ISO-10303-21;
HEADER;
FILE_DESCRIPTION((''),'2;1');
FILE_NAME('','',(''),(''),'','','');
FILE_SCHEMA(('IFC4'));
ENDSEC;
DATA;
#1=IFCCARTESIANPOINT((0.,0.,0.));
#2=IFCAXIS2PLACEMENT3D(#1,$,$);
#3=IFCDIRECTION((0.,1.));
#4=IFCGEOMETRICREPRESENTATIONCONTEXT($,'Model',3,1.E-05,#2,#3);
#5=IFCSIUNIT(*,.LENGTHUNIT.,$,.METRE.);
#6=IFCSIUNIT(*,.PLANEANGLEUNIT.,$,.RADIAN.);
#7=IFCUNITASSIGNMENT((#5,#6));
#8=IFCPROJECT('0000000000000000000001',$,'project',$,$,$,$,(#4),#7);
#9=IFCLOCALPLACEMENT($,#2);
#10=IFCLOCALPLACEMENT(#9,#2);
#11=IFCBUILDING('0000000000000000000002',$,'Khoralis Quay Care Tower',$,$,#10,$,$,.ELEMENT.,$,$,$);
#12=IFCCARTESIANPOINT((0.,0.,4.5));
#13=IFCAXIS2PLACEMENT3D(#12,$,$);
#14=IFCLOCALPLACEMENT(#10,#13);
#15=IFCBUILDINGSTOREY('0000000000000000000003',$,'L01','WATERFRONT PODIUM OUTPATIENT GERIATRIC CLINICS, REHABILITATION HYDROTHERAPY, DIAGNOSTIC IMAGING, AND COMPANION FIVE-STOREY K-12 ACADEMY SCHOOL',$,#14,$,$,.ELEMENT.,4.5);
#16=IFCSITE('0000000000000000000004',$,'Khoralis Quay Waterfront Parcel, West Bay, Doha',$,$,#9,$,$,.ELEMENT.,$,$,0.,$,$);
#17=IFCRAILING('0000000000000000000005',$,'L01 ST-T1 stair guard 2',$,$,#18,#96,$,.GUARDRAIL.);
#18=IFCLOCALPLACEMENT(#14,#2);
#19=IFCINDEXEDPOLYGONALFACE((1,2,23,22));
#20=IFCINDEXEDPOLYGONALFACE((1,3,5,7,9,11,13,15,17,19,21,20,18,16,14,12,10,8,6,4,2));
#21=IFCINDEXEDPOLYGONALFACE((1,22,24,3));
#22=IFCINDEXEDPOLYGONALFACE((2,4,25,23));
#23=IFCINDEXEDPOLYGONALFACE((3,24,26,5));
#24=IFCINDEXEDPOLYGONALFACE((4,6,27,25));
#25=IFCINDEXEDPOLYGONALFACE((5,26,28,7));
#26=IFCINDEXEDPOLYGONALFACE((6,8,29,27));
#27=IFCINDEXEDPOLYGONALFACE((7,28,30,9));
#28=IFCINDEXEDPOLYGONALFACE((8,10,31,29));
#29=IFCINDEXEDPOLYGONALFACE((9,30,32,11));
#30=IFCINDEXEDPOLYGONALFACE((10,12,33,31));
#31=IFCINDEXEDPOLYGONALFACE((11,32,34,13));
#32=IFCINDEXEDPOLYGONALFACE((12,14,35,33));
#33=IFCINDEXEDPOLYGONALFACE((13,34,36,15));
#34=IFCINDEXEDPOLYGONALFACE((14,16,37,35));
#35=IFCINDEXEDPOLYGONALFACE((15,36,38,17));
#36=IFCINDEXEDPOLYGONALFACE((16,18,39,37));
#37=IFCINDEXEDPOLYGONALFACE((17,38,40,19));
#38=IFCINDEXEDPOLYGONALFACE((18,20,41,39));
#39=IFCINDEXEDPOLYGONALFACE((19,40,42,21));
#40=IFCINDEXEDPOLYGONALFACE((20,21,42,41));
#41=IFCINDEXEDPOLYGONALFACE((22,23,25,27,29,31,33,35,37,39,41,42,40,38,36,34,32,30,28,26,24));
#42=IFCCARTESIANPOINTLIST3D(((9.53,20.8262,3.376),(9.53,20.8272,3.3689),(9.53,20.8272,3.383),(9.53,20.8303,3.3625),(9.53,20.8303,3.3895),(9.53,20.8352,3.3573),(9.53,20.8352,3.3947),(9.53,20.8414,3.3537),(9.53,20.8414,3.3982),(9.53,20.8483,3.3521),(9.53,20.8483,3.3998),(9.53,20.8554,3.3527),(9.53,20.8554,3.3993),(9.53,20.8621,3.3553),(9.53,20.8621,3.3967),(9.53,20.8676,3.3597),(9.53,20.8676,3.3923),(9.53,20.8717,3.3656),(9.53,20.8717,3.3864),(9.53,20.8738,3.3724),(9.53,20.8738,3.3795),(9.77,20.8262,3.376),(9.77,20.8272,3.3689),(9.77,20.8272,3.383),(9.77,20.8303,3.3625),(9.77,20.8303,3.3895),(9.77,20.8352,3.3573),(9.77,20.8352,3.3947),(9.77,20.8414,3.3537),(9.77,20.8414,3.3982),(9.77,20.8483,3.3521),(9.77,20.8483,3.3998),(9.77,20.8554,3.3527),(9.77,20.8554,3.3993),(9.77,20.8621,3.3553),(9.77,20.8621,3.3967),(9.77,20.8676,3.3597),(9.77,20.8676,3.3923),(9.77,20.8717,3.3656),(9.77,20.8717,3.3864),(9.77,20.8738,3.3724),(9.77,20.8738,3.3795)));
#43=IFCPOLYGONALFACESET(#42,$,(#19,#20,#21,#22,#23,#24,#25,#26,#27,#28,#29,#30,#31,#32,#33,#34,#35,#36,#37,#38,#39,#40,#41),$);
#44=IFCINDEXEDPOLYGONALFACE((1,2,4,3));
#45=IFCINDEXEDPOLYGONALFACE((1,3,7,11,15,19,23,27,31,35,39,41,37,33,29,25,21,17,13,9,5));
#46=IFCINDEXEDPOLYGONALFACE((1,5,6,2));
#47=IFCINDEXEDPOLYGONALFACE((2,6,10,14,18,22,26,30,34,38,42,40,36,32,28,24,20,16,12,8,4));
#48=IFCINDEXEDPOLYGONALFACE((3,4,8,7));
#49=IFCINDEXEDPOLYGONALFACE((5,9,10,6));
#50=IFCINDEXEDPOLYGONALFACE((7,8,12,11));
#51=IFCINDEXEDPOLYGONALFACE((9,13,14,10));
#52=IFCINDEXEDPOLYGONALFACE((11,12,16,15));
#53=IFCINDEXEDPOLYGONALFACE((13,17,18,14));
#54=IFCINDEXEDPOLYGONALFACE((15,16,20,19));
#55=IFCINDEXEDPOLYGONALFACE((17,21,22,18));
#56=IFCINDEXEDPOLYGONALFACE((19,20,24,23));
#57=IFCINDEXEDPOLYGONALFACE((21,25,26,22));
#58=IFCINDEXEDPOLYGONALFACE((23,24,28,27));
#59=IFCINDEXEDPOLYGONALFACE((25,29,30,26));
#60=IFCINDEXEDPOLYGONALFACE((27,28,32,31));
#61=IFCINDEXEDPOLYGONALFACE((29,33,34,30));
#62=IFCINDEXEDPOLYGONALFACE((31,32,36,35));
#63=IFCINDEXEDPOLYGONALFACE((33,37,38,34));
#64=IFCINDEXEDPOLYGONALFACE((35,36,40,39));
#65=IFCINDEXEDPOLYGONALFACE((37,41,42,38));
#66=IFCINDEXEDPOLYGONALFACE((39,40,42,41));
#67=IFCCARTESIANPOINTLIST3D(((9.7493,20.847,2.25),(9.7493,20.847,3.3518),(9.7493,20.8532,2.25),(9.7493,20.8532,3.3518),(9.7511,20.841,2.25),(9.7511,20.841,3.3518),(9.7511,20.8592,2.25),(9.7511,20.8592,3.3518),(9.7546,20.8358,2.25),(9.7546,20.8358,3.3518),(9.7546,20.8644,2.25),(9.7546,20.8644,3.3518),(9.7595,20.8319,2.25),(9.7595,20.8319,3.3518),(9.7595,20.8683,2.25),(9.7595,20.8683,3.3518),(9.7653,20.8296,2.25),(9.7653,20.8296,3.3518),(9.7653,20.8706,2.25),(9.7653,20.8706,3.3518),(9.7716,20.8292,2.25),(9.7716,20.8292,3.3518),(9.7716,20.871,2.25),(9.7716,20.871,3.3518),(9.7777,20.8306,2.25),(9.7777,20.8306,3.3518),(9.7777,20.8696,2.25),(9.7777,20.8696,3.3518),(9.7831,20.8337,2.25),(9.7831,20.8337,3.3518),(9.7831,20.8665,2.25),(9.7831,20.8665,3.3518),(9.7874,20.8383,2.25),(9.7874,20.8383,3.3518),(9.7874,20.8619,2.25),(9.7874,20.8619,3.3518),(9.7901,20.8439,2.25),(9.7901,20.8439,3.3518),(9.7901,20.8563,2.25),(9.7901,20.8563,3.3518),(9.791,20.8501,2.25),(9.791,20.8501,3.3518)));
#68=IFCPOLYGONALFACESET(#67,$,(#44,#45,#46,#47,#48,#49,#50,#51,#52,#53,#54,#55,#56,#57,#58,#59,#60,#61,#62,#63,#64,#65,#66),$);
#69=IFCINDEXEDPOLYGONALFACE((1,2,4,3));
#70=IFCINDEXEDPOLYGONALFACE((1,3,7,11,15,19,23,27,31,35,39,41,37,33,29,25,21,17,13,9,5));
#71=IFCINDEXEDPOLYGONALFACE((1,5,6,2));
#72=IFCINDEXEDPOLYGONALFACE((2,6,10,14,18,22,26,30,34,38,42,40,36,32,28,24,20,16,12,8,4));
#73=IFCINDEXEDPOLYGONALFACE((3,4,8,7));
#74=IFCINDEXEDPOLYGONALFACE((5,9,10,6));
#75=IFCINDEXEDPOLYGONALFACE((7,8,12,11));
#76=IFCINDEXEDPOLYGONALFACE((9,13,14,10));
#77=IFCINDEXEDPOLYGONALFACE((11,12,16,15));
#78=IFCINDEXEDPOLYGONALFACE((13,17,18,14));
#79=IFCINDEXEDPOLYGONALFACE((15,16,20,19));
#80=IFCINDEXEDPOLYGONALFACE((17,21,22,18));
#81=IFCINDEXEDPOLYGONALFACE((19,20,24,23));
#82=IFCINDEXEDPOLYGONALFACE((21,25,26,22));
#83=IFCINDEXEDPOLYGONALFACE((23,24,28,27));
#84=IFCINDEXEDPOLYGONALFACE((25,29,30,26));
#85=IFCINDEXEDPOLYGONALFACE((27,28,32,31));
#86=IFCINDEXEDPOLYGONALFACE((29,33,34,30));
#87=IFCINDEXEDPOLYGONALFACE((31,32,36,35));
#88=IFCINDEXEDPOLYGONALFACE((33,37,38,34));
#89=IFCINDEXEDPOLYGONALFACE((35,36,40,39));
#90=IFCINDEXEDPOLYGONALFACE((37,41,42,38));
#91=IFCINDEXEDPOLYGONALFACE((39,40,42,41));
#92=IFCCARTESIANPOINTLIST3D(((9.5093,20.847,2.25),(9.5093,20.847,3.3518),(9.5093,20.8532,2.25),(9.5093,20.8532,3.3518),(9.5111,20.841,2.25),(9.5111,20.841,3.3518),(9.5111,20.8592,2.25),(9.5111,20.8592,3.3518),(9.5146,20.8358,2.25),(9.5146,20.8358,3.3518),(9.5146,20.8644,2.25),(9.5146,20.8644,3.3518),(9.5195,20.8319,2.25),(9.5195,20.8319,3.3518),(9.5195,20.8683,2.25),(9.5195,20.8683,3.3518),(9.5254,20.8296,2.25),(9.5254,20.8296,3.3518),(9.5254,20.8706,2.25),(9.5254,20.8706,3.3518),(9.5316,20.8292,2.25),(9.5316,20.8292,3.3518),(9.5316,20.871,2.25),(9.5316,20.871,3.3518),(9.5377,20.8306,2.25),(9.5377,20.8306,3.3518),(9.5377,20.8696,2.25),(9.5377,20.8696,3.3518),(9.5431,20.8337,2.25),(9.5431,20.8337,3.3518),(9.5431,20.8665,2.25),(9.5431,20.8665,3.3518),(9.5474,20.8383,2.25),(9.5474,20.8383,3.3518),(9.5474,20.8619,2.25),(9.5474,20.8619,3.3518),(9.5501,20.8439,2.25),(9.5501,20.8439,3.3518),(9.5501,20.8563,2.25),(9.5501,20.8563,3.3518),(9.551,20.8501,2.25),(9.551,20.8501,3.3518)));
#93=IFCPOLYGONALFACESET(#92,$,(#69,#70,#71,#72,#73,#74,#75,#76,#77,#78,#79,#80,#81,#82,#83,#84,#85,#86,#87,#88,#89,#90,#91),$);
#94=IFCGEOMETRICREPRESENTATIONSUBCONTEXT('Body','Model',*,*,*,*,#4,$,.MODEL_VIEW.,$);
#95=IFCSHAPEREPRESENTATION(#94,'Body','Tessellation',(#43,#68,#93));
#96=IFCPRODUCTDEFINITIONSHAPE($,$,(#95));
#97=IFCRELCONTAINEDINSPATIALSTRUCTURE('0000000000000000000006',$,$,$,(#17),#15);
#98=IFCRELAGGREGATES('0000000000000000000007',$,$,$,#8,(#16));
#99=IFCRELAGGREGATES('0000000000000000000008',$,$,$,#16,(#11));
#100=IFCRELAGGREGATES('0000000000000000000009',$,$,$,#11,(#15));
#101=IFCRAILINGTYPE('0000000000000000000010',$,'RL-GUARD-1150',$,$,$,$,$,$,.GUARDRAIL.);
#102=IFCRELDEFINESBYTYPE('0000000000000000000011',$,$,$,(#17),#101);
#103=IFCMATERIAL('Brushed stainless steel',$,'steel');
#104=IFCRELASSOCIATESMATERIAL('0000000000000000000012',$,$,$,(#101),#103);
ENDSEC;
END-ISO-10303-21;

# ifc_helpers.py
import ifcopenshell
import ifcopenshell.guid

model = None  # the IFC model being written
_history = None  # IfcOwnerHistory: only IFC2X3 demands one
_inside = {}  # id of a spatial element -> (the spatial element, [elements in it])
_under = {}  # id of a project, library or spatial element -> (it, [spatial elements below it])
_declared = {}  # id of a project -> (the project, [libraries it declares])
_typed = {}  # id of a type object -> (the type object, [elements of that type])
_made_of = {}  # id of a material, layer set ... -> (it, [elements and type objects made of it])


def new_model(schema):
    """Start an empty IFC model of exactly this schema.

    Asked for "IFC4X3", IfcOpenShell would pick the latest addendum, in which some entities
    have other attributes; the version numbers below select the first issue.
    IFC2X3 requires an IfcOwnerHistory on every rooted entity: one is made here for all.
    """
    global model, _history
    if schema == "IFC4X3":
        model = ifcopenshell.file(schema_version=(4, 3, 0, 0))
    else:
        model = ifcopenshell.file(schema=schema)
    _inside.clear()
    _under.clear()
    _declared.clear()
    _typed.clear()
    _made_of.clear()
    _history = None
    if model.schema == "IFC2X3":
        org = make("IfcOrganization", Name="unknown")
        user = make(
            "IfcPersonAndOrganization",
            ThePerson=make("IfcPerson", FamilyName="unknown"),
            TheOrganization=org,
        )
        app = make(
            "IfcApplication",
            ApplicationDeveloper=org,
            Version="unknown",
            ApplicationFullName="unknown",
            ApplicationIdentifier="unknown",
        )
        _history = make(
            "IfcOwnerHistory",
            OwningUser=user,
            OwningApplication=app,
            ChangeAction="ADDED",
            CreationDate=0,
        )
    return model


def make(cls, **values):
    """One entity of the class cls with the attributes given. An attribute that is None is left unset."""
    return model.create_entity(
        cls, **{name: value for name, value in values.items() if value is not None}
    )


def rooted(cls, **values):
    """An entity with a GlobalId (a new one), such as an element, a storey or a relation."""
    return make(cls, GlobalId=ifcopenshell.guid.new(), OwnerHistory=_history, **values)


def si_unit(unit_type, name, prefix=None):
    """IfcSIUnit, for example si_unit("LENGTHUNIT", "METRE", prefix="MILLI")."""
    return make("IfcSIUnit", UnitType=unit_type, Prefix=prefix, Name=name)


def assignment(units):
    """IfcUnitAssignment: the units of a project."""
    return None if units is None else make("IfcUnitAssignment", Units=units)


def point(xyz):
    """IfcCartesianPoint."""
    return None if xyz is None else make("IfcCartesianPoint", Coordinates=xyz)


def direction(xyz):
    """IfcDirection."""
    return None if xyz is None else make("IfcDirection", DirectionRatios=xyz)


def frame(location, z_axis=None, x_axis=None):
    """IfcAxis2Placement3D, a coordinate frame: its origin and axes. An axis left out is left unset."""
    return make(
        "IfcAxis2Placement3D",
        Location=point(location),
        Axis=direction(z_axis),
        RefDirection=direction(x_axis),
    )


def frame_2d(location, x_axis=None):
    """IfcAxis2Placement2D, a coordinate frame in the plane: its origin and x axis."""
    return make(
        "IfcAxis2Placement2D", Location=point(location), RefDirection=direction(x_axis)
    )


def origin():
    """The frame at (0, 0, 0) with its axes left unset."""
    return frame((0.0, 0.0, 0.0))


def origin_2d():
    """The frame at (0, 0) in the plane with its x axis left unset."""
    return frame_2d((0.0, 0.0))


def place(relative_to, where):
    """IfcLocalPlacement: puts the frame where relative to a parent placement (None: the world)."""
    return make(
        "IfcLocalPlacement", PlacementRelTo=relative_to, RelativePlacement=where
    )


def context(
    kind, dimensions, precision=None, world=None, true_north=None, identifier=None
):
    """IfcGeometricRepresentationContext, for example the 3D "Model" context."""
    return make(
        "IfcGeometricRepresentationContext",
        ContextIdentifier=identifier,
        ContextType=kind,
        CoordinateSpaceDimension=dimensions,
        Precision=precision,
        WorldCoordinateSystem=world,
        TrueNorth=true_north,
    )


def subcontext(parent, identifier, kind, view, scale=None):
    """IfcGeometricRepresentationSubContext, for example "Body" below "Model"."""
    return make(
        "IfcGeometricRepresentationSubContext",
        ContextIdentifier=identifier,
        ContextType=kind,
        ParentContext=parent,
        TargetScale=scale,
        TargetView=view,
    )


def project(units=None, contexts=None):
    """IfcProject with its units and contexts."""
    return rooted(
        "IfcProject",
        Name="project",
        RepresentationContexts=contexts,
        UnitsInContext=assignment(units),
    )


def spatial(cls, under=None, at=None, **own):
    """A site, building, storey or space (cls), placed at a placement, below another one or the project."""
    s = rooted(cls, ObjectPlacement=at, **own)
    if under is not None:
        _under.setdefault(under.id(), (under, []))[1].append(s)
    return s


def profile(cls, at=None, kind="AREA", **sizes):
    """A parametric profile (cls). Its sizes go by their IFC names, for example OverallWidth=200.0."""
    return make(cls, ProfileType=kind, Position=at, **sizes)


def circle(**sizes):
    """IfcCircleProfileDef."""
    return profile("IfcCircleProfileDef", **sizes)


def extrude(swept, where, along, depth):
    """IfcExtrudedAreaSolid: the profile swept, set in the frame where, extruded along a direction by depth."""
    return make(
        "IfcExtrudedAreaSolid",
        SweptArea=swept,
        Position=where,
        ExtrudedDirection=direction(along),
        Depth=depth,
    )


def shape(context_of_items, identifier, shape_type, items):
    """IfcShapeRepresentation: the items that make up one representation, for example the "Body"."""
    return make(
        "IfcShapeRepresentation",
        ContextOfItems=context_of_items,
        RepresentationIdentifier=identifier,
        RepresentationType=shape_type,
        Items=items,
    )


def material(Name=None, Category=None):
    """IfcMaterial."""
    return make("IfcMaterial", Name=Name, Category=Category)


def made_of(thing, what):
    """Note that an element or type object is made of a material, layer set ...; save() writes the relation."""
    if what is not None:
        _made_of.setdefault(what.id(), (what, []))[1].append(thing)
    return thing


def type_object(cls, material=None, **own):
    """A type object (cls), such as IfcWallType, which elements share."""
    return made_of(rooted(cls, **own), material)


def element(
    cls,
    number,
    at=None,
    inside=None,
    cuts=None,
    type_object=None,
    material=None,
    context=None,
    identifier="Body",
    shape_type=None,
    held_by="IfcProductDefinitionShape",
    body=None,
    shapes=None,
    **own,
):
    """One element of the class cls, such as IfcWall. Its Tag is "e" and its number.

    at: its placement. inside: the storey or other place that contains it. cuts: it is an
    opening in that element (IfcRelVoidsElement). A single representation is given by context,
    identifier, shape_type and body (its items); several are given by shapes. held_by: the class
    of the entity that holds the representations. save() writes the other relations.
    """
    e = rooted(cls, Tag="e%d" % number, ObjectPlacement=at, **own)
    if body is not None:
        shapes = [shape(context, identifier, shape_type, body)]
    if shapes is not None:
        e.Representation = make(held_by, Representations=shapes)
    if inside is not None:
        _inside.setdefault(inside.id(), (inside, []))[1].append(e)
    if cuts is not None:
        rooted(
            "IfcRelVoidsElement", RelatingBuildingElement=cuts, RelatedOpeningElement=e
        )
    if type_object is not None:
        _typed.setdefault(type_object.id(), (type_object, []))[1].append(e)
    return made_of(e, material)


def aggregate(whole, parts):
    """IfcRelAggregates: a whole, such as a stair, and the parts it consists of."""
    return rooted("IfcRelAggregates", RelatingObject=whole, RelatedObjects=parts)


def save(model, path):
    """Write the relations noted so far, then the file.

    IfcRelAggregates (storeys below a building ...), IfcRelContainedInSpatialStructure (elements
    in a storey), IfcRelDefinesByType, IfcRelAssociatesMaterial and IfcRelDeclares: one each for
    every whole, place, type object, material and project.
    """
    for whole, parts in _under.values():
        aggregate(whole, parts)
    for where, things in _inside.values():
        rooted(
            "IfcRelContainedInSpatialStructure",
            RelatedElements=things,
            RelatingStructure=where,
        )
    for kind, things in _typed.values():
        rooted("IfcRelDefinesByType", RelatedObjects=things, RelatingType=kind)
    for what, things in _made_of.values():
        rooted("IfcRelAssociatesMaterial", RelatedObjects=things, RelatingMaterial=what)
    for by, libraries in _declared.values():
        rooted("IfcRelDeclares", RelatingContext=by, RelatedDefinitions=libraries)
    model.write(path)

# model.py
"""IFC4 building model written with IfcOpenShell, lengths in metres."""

from ifc_helpers import new_model, si_unit, direction, frame, origin, origin_2d, place, context, subcontext, project, spatial, circle, extrude, material, type_object, element, save


model = new_model("IFC4")

# Units and contexts
model_context = context("Model", 3, precision=1e-05, world=origin(), true_north=direction((0.0, 1.0)))
body_context = subcontext(model_context, "Body", "Model", "MODEL_VIEW")
ifc_project = project(units=[si_unit("LENGTHUNIT", "METRE"), si_unit("PLANEANGLEUNIT", "RADIAN")], contexts=[model_context])

# Site, building, storey
site_placement = place(None, origin())
site = spatial("IfcSite", under=ifc_project, at=site_placement, Name="Khoralis Quay Waterfront Parcel, West Bay, Doha", CompositionType="ELEMENT", RefElevation=0.0)
building_placement = place(site_placement, origin())
building = spatial("IfcBuilding", under=site, at=building_placement, Name="Khoralis Quay Care Tower", CompositionType="ELEMENT")
storey_placement = place(building_placement, frame((0.0, 0.0, 4.5)))
storey = spatial("IfcBuildingStorey", under=building, at=storey_placement, Name="L01", Description="WATERFRONT PODIUM OUTPATIENT GERIATRIC CLINICS, REHABILITATION HYDROTHERAPY, DIAGNOSTIC IMAGING, AND COMPANION FIVE-STOREY K-12 ACADEMY SCHOOL", CompositionType="ELEMENT", Elevation=4.5)

# Railing
ifc_material_1 = material(Name="Brushed stainless steel", Category="steel")
railing_type_1 = type_object("IfcRailingType", Name="RL-GUARD-1150", PredefinedType="GUARDRAIL", material=ifc_material_1)
railing_1_placement = place(storey_placement, frame((9.77, 20.8501, 2.25)))
element("IfcRailing", 1, at=railing_1_placement, inside=storey, type_object=railing_type_1, Name="L01 ST-T1 stair guard 2", PredefinedType="GUARDRAIL", context=body_context, shape_type="SweptSolid", body=[
    extrude(circle(Radius=0.0239, at=origin_2d()), frame((0.0, 0.0, 1.126), z_axis=(-1.0, 0.0, 0.0), x_axis=(0.0, -1.0, 0.0)), (0.0, 0.0, 1.0), 0.24),
    extrude(circle(Radius=0.021, at=origin_2d()), origin(), (0.0, 0.0, 1.0), 1.1018),
    extrude(circle(Radius=0.021, at=origin_2d()), frame((-0.24, 0.0, 0.0)), (0.0, 0.0, 1.0), 1.1018),
])

save(model, "model.ifc")
